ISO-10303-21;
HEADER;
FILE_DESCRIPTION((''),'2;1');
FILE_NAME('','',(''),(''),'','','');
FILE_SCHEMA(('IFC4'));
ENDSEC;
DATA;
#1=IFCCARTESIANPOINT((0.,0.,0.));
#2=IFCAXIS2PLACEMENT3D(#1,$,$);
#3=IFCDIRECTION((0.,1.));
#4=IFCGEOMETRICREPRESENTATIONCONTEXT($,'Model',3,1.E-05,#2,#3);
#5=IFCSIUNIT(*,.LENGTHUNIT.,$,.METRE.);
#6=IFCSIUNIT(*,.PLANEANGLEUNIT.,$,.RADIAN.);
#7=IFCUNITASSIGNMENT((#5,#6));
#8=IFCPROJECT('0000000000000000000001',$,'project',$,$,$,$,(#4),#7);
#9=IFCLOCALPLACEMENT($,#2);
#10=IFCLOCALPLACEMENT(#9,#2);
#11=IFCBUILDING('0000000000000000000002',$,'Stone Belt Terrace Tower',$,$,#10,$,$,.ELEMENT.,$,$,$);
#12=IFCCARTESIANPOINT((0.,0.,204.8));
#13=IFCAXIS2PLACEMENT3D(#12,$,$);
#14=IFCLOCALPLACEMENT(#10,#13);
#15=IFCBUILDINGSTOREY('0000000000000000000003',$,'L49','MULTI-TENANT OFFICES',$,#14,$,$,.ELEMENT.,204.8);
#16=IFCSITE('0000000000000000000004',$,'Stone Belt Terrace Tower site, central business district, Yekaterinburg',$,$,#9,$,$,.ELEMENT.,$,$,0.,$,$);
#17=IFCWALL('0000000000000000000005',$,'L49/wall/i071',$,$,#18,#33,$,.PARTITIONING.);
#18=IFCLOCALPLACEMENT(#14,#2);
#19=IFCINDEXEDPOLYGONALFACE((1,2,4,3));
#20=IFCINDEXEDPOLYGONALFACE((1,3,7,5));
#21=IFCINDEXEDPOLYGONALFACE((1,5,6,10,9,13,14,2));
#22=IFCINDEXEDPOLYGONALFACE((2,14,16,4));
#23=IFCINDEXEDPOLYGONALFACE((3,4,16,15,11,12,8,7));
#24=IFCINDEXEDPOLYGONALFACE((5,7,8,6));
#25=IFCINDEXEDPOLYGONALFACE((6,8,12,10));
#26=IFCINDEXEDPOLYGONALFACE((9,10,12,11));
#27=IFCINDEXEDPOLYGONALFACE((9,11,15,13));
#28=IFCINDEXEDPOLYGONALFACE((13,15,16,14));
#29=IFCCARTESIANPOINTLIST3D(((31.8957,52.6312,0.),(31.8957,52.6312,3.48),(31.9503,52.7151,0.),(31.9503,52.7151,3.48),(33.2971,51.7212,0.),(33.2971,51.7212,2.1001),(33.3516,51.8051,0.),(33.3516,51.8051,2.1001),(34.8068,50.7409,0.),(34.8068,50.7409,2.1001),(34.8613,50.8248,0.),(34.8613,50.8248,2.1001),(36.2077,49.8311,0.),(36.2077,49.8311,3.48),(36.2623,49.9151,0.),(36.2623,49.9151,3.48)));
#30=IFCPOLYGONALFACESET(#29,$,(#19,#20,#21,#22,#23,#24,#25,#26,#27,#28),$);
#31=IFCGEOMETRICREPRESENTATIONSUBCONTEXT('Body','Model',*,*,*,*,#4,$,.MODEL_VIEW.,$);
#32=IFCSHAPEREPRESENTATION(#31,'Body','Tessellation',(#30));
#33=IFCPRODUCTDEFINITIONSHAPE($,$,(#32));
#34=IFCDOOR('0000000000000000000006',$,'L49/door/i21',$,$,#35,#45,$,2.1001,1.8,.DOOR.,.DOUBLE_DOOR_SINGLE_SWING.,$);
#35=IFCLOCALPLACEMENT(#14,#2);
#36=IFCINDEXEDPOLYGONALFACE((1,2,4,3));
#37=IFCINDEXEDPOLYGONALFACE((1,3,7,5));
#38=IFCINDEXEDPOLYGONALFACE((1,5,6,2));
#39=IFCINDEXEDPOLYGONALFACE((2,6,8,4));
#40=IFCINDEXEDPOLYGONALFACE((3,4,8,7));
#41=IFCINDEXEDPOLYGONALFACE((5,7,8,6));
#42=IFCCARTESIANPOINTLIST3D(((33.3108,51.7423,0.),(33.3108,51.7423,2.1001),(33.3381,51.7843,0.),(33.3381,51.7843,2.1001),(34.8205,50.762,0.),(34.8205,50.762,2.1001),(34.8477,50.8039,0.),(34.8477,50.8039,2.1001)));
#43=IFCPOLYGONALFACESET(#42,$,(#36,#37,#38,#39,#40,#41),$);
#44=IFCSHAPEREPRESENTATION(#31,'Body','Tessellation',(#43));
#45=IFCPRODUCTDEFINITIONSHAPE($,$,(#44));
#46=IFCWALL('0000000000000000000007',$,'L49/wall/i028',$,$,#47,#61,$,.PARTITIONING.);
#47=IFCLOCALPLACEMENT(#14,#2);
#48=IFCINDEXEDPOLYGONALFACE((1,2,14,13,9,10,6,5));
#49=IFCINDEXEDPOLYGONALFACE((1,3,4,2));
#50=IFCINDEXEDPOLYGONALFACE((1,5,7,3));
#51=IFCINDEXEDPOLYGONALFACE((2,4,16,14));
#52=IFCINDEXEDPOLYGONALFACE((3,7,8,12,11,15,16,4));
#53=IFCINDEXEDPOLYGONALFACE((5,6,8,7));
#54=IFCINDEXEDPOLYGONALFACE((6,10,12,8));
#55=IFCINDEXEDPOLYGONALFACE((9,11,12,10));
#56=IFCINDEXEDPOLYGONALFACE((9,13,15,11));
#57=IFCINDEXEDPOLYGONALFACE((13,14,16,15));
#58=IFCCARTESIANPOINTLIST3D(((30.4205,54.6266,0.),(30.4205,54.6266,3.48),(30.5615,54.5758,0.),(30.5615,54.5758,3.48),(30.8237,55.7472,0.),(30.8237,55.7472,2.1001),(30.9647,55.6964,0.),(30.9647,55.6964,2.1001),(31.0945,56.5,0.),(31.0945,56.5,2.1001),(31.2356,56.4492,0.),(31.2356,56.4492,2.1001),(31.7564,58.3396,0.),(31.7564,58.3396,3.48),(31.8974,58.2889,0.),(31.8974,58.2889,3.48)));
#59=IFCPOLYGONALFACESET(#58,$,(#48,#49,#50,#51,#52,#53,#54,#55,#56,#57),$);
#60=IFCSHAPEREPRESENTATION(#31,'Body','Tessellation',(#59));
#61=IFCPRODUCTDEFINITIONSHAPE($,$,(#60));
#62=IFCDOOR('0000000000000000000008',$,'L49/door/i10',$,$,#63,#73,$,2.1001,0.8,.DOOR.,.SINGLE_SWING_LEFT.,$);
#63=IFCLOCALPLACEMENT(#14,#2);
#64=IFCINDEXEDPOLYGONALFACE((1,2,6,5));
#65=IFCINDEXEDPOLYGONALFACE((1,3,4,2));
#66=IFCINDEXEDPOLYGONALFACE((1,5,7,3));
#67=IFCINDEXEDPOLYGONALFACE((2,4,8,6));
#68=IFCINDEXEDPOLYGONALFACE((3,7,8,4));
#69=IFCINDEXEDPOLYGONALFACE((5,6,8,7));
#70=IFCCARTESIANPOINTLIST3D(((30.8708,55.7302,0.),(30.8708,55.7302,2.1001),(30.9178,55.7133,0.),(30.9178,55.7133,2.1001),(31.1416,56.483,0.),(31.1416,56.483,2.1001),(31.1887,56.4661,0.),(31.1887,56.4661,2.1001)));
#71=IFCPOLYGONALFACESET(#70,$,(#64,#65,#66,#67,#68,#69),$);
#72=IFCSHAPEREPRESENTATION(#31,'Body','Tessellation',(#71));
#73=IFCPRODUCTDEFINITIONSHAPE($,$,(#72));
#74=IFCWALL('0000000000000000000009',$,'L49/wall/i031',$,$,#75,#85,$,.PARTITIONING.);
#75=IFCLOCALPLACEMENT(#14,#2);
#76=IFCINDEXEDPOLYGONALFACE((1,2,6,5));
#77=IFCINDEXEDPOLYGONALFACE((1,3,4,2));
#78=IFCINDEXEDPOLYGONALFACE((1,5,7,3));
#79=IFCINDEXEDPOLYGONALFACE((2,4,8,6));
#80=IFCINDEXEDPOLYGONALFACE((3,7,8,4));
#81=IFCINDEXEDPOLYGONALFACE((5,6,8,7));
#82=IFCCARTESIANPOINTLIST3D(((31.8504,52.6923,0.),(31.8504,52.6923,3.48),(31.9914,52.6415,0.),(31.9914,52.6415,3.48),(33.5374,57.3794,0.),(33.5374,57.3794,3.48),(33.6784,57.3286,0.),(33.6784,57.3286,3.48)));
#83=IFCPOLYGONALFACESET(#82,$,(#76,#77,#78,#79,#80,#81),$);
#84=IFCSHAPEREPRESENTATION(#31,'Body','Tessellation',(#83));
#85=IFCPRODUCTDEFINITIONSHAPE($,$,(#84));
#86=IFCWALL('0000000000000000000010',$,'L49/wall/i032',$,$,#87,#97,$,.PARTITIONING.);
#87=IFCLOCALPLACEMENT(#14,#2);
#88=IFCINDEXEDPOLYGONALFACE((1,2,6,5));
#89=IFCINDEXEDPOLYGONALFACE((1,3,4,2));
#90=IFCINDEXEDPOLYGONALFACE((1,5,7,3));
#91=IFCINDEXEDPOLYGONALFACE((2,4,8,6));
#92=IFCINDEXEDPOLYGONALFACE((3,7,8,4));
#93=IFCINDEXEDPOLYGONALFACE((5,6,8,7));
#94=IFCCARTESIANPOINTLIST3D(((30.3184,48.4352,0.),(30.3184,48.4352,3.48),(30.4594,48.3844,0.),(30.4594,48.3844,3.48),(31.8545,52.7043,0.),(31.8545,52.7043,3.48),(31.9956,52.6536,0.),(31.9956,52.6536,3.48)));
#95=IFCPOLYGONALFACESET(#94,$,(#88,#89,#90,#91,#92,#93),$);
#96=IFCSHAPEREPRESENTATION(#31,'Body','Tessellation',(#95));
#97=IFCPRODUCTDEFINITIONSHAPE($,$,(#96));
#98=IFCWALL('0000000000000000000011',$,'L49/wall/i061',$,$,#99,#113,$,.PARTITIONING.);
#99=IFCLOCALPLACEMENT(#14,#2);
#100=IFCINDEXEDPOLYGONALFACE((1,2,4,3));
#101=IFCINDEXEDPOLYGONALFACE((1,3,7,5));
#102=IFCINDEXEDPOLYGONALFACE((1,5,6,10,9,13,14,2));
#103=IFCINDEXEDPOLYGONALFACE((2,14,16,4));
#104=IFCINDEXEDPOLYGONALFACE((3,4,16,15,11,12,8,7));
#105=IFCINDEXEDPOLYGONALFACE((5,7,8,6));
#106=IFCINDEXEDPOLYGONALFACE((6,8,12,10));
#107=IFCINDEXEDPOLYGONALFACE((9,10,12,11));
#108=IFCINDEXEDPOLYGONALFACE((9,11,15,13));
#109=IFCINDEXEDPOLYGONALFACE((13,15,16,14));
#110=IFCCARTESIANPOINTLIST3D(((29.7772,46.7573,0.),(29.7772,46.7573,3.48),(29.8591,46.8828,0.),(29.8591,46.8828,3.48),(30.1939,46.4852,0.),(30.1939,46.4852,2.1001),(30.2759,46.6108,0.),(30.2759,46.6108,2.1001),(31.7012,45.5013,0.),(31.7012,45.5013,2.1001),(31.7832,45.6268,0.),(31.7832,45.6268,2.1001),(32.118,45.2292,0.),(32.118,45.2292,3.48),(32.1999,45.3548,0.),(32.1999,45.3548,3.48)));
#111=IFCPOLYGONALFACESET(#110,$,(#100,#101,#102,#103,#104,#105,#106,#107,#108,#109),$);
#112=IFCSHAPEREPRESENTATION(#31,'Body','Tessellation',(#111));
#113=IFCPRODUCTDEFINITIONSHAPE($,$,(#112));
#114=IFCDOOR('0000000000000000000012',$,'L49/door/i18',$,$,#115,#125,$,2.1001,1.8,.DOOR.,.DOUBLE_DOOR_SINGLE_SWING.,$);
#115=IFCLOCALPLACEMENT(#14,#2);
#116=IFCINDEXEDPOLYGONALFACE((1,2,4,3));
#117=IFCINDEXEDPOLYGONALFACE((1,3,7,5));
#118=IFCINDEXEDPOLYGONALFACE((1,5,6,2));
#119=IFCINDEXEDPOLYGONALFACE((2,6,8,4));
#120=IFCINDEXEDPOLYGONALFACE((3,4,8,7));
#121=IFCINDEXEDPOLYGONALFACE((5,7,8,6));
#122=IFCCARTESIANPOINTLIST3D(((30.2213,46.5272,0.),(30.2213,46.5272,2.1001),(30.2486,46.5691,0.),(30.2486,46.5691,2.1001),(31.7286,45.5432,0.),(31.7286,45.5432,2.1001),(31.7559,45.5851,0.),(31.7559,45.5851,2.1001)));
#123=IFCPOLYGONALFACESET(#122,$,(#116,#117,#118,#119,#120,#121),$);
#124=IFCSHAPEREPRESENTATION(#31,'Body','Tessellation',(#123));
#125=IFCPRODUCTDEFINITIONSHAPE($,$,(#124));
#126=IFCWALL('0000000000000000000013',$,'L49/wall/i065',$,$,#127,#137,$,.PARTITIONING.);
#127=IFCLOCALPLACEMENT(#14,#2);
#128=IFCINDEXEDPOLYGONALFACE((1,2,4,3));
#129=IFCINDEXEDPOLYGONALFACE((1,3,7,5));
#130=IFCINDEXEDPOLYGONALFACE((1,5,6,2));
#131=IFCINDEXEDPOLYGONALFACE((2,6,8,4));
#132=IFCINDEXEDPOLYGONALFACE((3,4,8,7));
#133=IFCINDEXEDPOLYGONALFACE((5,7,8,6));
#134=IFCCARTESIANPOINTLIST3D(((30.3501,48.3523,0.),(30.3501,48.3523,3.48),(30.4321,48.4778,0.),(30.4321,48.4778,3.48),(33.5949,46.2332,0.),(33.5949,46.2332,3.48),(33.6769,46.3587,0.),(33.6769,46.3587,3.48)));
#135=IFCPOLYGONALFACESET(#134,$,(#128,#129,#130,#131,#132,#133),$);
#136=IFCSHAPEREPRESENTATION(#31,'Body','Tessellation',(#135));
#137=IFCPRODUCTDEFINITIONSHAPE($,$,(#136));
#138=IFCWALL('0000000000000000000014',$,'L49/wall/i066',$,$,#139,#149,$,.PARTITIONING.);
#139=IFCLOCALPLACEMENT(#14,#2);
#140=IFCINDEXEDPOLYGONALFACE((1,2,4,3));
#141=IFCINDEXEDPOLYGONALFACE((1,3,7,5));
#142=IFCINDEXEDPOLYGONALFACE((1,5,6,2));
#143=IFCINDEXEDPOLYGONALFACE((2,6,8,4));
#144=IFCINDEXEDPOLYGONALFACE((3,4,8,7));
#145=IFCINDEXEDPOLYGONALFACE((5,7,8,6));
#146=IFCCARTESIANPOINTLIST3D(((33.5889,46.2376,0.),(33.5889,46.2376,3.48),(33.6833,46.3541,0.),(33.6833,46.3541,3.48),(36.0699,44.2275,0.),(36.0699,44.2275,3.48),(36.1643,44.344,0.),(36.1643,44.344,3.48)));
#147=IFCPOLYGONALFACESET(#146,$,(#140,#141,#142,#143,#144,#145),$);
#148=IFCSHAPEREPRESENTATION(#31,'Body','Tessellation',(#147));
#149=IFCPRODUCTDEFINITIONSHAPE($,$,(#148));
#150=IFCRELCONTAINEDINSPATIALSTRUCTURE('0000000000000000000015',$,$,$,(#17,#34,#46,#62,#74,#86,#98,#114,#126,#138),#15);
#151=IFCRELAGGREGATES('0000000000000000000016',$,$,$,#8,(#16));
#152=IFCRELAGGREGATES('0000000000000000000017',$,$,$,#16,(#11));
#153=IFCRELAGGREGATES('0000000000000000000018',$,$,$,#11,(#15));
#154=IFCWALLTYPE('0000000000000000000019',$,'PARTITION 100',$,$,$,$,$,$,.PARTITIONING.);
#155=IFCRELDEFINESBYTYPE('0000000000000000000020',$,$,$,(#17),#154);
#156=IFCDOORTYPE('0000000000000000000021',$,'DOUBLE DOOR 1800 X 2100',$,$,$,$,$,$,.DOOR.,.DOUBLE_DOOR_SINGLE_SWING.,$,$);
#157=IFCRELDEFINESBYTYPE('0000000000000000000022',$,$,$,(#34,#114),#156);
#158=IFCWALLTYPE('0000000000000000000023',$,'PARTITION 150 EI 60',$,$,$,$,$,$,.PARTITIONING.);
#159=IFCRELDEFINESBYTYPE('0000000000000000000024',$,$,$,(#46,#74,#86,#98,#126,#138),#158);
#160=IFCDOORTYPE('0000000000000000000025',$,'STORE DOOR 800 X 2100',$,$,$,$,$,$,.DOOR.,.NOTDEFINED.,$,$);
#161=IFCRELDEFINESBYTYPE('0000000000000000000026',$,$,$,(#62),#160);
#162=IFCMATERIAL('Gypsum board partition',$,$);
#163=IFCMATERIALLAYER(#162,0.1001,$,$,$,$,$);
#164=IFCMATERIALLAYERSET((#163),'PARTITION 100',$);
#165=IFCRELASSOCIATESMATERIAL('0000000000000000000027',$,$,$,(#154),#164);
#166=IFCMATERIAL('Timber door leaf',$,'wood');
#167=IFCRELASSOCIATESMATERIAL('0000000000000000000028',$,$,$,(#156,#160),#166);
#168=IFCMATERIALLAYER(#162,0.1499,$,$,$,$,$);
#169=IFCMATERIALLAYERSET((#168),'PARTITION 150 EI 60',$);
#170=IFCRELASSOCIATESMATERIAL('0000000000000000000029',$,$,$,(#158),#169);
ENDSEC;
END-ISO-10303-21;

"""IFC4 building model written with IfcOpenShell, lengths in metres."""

from ifc_helpers import new_model, si_unit, direction, frame, frame_2d, origin, place, context, subcontext, project, spatial, rectangle, extrude, material, layer, layer_set, type_object, element, fill, save


model = new_model("IFC4")

# Units and contexts
model_context = context("Model", 3, precision=1e-05, world=origin(), true_north=direction((0.0, 1.0)))
body_context = subcontext(model_context, "Body", "Model", "MODEL_VIEW")
ifc_project = project(units=[si_unit("LENGTHUNIT", "METRE"), si_unit("PLANEANGLEUNIT", "RADIAN")], contexts=[model_context])

# Site, building, storey
site_placement = place(None, origin())
site = spatial("IfcSite", under=ifc_project, at=site_placement, Name="Stone Belt Terrace Tower site, central business district, Yekaterinburg", CompositionType="ELEMENT", RefElevation=0.0)
building_placement = place(site_placement, origin())
building = spatial("IfcBuilding", under=site, at=building_placement, Name="Stone Belt Terrace Tower", CompositionType="ELEMENT")
storey_placement = place(building_placement, frame((0.0, 0.0, 204.8)))
storey = spatial("IfcBuildingStorey", under=building, at=storey_placement, Name="L49", Description="MULTI-TENANT OFFICES", CompositionType="ELEMENT", Elevation=204.8)

# Shared definitions
ifc_material_1 = material(Name="Gypsum board partition")
ifc_layer_1 = layer(ifc_material_1, 0.1001)
ifc_layer_set_1 = layer_set([ifc_layer_1], Name="PARTITION 100")
wall_type_1 = type_object("IfcWallType", Name="PARTITION 100", PredefinedType="PARTITIONING", material=ifc_layer_set_1)

# Walls, openings, doors
wall_1_placement = place(storey_placement, frame((36.2351, 49.873, 0.0), z_axis=(0.0, 0.0, 1.0), x_axis=(-0.838689, 0.544611, 0.0)))
wall_1 = element("IfcWall", 1, at=wall_1_placement, inside=storey, type_object=wall_type_1, Name="L49/wall/i071", PredefinedType="PARTITIONING", context=body_context, shape_type="SweptSolid", body=[
    extrude(rectangle(XDim=5.1414, YDim=0.1001, at=frame_2d((2.5708, 0.0))), origin(), (0.0, 0.0, 1.0), 3.48),
])
opening_1_placement = place(wall_1_placement, frame((1.6707, 0.0, 0.0)))
opening_1 = element("IfcOpeningElement", 2, at=opening_1_placement, cuts=wall_1, PredefinedType="OPENING", context=body_context, shape_type="SweptSolid", body=[
    extrude(rectangle(XDim=1.8, YDim=2.1001, at=frame_2d((0.8999, 1.05))), frame((0.0, 0.0601, 0.0), z_axis=(0.0, -1.0, 0.0), x_axis=(1.0, 0.0, 0.0)), (0.0, 0.0, 1.0), 0.1201),
])
ifc_material_2 = material(Name="Timber door leaf", Category="wood")
door_type_1 = type_object("IfcDoorType", Name="DOUBLE DOOR 1800 X 2100", OperationType="DOUBLE_DOOR_SINGLE_SWING", PredefinedType="DOOR", material=ifc_material_2)
door_1_placement = place(opening_1_placement, origin())
door_1 = element("IfcDoor", 3, at=door_1_placement, inside=storey, type_object=door_type_1, Name="L49/door/i21", OperationType="DOUBLE_DOOR_SINGLE_SWING", OverallHeight=2.1001, OverallWidth=1.8, PredefinedType="DOOR", context=body_context, shape_type="SweptSolid", body=[
    extrude(rectangle(XDim=1.8, YDim=2.1001, at=frame_2d((0.8999, 1.05))), frame((0.0, 0.0249, 0.0), z_axis=(0.0, -1.0, 0.0), x_axis=(1.0, 0.0, 0.0)), (0.0, 0.0, 1.0), 0.05),
])
fill(opening_1, door_1)
ifc_layer_2 = layer(ifc_material_1, 0.1499)
ifc_layer_set_2 = layer_set([ifc_layer_2], Name="PARTITION 150 EI 60")
wall_type_2 = type_object("IfcWallType", Name="PARTITION 150 EI 60", PredefinedType="PARTITIONING", material=ifc_layer_set_2)
wall_2_placement = place(storey_placement, frame((30.491, 54.6011, 0.0), z_axis=(0.0, 0.0, 1.0), x_axis=(0.338542, 0.940951, 0.0)))
wall_2 = element("IfcWall", 4, at=wall_2_placement, inside=storey, type_object=wall_type_2, Name="L49/wall/i028", PredefinedType="PARTITIONING", context=body_context, shape_type="SweptSolid", body=[
    extrude(rectangle(XDim=3.946, YDim=0.1499, at=frame_2d((1.9731, 0.0))), origin(), (0.0, 0.0, 1.0), 3.48),
])
opening_2_placement = place(wall_2_placement, frame((1.1912, 0.0, 0.0)))
opening_2 = element("IfcOpeningElement", 5, at=opening_2_placement, cuts=wall_2, PredefinedType="OPENING", context=body_context, shape_type="SweptSolid", body=[
    extrude(rectangle(XDim=0.8, YDim=2.1001, at=frame_2d((0.3999, 1.05))), frame((0.0, 0.085, 0.0), z_axis=(0.0, -1.0, 0.0), x_axis=(1.0, 0.0, 0.0)), (0.0, 0.0, 1.0), 0.1699),
])
door_type_2 = type_object("IfcDoorType", Name="STORE DOOR 800 X 2100", OperationType="NOTDEFINED", PredefinedType="DOOR", material=ifc_material_2)
door_2_placement = place(opening_2_placement, origin())
door_2 = element("IfcDoor", 6, at=door_2_placement, inside=storey, type_object=door_type_2, Name="L49/door/i10", OperationType="SINGLE_SWING_LEFT", OverallHeight=2.1001, OverallWidth=0.8, PredefinedType="DOOR", context=body_context, shape_type="SweptSolid", body=[
    extrude(rectangle(XDim=0.8, YDim=2.1001, at=frame_2d((0.3999, 1.05))), frame((0.0, 0.0249, 0.0), z_axis=(0.0, -1.0, 0.0), x_axis=(1.0, 0.0, 0.0)), (0.0, 0.0, 1.0), 0.05),
])
fill(opening_2, door_2)

# Walls
wall_3_placement = place(storey_placement, frame((33.6079, 57.354, 0.0), z_axis=(0.0, 0.0, 1.0), x_axis=(-0.338664, -0.940907, 0.0)))
element("IfcWall", 7, at=wall_3_placement, inside=storey, type_object=wall_type_2, Name="L49/wall/i031", PredefinedType="PARTITIONING", context=body_context, shape_type="SweptSolid", body=[
    extrude(rectangle(XDim=4.9814, YDim=0.1499, at=frame_2d((2.4907, 0.0))), origin(), (0.0, 0.0, 1.0), 3.48),
])
wall_4_placement = place(storey_placement, frame((31.925, 52.679, 0.0), z_axis=(0.0, 0.0, 1.0), x_axis=(-0.338578, -0.940938, 0.0)))
element("IfcWall", 8, at=wall_4_placement, inside=storey, type_object=wall_type_2, Name="L49/wall/i032", PredefinedType="PARTITIONING", context=body_context, shape_type="SweptSolid", body=[
    extrude(rectangle(XDim=4.5371, YDim=0.1499, at=frame_2d((2.2686, 0.0))), origin(), (0.0, 0.0, 1.0), 3.48),
])

# Wall, opening, door
wall_5_placement = place(storey_placement, frame((32.1589, 45.292, 0.0), z_axis=(0.0, 0.0, 1.0), x_axis=(-0.837372, 0.546633, 0.0)))
wall_5 = element("IfcWall", 9, at=wall_5_placement, inside=storey, type_object=wall_type_2, Name="L49/wall/i061", PredefinedType="PARTITIONING", context=body_context, shape_type="SweptSolid", body=[
    extrude(rectangle(XDim=2.7954, YDim=0.1499, at=frame_2d((1.3977, 0.0))), origin(), (0.0, 0.0, 1.0), 3.48),
])
opening_3_placement = place(wall_5_placement, frame((0.4978, 0.0, 0.0)))
opening_3 = element("IfcOpeningElement", 10, at=opening_3_placement, cuts=wall_5, PredefinedType="OPENING", context=body_context, shape_type="SweptSolid", body=[
    extrude(rectangle(XDim=1.8, YDim=2.1001, at=frame_2d((0.8999, 1.05))), frame((0.0, 0.085, 0.0), z_axis=(0.0, -1.0, 0.0), x_axis=(1.0, 0.0, 0.0)), (0.0, 0.0, 1.0), 0.1699),
])
door_3_placement = place(opening_3_placement, origin())
door_3 = element("IfcDoor", 11, at=door_3_placement, inside=storey, type_object=door_type_1, Name="L49/door/i18", OperationType="DOUBLE_DOOR_SINGLE_SWING", OverallHeight=2.1001, OverallWidth=1.8, PredefinedType="DOOR", context=body_context, shape_type="SweptSolid", body=[
    extrude(rectangle(XDim=1.8, YDim=2.1001, at=frame_2d((0.8999, 1.05))), frame((0.0, 0.0249, 0.0), z_axis=(0.0, -1.0, 0.0), x_axis=(1.0, 0.0, 0.0)), (0.0, 0.0, 1.0), 0.05),
])
fill(opening_3, door_3)

# Walls
wall_6_placement = place(storey_placement, frame((30.3911, 48.415, 0.0), z_axis=(0.0, 0.0, 1.0), x_axis=(0.837266, -0.546796, 0.0)))
element("IfcWall", 12, at=wall_6_placement, inside=storey, type_object=wall_type_2, Name="L49/wall/i065", PredefinedType="PARTITIONING", context=body_context, shape_type="SweptSolid", body=[
    extrude(rectangle(XDim=3.8755, YDim=0.1499, at=frame_2d((1.9377, 0.0))), origin(), (0.0, 0.0, 1.0), 3.48),
])
wall_7_placement = place(storey_placement, frame((33.636, 46.2959, 0.0), z_axis=(0.0, 0.0, 1.0), x_axis=(0.776997, -0.629504, 0.0)))
element("IfcWall", 13, at=wall_7_placement, inside=storey, type_object=wall_type_2, Name="L49/wall/i066", PredefinedType="PARTITIONING", context=body_context, shape_type="SweptSolid", body=[
    extrude(rectangle(XDim=3.1931, YDim=0.1499, at=frame_2d((1.5967, 0.0))), origin(), (0.0, 0.0, 1.0), 3.48),
])

save(model, "model.ifc")
